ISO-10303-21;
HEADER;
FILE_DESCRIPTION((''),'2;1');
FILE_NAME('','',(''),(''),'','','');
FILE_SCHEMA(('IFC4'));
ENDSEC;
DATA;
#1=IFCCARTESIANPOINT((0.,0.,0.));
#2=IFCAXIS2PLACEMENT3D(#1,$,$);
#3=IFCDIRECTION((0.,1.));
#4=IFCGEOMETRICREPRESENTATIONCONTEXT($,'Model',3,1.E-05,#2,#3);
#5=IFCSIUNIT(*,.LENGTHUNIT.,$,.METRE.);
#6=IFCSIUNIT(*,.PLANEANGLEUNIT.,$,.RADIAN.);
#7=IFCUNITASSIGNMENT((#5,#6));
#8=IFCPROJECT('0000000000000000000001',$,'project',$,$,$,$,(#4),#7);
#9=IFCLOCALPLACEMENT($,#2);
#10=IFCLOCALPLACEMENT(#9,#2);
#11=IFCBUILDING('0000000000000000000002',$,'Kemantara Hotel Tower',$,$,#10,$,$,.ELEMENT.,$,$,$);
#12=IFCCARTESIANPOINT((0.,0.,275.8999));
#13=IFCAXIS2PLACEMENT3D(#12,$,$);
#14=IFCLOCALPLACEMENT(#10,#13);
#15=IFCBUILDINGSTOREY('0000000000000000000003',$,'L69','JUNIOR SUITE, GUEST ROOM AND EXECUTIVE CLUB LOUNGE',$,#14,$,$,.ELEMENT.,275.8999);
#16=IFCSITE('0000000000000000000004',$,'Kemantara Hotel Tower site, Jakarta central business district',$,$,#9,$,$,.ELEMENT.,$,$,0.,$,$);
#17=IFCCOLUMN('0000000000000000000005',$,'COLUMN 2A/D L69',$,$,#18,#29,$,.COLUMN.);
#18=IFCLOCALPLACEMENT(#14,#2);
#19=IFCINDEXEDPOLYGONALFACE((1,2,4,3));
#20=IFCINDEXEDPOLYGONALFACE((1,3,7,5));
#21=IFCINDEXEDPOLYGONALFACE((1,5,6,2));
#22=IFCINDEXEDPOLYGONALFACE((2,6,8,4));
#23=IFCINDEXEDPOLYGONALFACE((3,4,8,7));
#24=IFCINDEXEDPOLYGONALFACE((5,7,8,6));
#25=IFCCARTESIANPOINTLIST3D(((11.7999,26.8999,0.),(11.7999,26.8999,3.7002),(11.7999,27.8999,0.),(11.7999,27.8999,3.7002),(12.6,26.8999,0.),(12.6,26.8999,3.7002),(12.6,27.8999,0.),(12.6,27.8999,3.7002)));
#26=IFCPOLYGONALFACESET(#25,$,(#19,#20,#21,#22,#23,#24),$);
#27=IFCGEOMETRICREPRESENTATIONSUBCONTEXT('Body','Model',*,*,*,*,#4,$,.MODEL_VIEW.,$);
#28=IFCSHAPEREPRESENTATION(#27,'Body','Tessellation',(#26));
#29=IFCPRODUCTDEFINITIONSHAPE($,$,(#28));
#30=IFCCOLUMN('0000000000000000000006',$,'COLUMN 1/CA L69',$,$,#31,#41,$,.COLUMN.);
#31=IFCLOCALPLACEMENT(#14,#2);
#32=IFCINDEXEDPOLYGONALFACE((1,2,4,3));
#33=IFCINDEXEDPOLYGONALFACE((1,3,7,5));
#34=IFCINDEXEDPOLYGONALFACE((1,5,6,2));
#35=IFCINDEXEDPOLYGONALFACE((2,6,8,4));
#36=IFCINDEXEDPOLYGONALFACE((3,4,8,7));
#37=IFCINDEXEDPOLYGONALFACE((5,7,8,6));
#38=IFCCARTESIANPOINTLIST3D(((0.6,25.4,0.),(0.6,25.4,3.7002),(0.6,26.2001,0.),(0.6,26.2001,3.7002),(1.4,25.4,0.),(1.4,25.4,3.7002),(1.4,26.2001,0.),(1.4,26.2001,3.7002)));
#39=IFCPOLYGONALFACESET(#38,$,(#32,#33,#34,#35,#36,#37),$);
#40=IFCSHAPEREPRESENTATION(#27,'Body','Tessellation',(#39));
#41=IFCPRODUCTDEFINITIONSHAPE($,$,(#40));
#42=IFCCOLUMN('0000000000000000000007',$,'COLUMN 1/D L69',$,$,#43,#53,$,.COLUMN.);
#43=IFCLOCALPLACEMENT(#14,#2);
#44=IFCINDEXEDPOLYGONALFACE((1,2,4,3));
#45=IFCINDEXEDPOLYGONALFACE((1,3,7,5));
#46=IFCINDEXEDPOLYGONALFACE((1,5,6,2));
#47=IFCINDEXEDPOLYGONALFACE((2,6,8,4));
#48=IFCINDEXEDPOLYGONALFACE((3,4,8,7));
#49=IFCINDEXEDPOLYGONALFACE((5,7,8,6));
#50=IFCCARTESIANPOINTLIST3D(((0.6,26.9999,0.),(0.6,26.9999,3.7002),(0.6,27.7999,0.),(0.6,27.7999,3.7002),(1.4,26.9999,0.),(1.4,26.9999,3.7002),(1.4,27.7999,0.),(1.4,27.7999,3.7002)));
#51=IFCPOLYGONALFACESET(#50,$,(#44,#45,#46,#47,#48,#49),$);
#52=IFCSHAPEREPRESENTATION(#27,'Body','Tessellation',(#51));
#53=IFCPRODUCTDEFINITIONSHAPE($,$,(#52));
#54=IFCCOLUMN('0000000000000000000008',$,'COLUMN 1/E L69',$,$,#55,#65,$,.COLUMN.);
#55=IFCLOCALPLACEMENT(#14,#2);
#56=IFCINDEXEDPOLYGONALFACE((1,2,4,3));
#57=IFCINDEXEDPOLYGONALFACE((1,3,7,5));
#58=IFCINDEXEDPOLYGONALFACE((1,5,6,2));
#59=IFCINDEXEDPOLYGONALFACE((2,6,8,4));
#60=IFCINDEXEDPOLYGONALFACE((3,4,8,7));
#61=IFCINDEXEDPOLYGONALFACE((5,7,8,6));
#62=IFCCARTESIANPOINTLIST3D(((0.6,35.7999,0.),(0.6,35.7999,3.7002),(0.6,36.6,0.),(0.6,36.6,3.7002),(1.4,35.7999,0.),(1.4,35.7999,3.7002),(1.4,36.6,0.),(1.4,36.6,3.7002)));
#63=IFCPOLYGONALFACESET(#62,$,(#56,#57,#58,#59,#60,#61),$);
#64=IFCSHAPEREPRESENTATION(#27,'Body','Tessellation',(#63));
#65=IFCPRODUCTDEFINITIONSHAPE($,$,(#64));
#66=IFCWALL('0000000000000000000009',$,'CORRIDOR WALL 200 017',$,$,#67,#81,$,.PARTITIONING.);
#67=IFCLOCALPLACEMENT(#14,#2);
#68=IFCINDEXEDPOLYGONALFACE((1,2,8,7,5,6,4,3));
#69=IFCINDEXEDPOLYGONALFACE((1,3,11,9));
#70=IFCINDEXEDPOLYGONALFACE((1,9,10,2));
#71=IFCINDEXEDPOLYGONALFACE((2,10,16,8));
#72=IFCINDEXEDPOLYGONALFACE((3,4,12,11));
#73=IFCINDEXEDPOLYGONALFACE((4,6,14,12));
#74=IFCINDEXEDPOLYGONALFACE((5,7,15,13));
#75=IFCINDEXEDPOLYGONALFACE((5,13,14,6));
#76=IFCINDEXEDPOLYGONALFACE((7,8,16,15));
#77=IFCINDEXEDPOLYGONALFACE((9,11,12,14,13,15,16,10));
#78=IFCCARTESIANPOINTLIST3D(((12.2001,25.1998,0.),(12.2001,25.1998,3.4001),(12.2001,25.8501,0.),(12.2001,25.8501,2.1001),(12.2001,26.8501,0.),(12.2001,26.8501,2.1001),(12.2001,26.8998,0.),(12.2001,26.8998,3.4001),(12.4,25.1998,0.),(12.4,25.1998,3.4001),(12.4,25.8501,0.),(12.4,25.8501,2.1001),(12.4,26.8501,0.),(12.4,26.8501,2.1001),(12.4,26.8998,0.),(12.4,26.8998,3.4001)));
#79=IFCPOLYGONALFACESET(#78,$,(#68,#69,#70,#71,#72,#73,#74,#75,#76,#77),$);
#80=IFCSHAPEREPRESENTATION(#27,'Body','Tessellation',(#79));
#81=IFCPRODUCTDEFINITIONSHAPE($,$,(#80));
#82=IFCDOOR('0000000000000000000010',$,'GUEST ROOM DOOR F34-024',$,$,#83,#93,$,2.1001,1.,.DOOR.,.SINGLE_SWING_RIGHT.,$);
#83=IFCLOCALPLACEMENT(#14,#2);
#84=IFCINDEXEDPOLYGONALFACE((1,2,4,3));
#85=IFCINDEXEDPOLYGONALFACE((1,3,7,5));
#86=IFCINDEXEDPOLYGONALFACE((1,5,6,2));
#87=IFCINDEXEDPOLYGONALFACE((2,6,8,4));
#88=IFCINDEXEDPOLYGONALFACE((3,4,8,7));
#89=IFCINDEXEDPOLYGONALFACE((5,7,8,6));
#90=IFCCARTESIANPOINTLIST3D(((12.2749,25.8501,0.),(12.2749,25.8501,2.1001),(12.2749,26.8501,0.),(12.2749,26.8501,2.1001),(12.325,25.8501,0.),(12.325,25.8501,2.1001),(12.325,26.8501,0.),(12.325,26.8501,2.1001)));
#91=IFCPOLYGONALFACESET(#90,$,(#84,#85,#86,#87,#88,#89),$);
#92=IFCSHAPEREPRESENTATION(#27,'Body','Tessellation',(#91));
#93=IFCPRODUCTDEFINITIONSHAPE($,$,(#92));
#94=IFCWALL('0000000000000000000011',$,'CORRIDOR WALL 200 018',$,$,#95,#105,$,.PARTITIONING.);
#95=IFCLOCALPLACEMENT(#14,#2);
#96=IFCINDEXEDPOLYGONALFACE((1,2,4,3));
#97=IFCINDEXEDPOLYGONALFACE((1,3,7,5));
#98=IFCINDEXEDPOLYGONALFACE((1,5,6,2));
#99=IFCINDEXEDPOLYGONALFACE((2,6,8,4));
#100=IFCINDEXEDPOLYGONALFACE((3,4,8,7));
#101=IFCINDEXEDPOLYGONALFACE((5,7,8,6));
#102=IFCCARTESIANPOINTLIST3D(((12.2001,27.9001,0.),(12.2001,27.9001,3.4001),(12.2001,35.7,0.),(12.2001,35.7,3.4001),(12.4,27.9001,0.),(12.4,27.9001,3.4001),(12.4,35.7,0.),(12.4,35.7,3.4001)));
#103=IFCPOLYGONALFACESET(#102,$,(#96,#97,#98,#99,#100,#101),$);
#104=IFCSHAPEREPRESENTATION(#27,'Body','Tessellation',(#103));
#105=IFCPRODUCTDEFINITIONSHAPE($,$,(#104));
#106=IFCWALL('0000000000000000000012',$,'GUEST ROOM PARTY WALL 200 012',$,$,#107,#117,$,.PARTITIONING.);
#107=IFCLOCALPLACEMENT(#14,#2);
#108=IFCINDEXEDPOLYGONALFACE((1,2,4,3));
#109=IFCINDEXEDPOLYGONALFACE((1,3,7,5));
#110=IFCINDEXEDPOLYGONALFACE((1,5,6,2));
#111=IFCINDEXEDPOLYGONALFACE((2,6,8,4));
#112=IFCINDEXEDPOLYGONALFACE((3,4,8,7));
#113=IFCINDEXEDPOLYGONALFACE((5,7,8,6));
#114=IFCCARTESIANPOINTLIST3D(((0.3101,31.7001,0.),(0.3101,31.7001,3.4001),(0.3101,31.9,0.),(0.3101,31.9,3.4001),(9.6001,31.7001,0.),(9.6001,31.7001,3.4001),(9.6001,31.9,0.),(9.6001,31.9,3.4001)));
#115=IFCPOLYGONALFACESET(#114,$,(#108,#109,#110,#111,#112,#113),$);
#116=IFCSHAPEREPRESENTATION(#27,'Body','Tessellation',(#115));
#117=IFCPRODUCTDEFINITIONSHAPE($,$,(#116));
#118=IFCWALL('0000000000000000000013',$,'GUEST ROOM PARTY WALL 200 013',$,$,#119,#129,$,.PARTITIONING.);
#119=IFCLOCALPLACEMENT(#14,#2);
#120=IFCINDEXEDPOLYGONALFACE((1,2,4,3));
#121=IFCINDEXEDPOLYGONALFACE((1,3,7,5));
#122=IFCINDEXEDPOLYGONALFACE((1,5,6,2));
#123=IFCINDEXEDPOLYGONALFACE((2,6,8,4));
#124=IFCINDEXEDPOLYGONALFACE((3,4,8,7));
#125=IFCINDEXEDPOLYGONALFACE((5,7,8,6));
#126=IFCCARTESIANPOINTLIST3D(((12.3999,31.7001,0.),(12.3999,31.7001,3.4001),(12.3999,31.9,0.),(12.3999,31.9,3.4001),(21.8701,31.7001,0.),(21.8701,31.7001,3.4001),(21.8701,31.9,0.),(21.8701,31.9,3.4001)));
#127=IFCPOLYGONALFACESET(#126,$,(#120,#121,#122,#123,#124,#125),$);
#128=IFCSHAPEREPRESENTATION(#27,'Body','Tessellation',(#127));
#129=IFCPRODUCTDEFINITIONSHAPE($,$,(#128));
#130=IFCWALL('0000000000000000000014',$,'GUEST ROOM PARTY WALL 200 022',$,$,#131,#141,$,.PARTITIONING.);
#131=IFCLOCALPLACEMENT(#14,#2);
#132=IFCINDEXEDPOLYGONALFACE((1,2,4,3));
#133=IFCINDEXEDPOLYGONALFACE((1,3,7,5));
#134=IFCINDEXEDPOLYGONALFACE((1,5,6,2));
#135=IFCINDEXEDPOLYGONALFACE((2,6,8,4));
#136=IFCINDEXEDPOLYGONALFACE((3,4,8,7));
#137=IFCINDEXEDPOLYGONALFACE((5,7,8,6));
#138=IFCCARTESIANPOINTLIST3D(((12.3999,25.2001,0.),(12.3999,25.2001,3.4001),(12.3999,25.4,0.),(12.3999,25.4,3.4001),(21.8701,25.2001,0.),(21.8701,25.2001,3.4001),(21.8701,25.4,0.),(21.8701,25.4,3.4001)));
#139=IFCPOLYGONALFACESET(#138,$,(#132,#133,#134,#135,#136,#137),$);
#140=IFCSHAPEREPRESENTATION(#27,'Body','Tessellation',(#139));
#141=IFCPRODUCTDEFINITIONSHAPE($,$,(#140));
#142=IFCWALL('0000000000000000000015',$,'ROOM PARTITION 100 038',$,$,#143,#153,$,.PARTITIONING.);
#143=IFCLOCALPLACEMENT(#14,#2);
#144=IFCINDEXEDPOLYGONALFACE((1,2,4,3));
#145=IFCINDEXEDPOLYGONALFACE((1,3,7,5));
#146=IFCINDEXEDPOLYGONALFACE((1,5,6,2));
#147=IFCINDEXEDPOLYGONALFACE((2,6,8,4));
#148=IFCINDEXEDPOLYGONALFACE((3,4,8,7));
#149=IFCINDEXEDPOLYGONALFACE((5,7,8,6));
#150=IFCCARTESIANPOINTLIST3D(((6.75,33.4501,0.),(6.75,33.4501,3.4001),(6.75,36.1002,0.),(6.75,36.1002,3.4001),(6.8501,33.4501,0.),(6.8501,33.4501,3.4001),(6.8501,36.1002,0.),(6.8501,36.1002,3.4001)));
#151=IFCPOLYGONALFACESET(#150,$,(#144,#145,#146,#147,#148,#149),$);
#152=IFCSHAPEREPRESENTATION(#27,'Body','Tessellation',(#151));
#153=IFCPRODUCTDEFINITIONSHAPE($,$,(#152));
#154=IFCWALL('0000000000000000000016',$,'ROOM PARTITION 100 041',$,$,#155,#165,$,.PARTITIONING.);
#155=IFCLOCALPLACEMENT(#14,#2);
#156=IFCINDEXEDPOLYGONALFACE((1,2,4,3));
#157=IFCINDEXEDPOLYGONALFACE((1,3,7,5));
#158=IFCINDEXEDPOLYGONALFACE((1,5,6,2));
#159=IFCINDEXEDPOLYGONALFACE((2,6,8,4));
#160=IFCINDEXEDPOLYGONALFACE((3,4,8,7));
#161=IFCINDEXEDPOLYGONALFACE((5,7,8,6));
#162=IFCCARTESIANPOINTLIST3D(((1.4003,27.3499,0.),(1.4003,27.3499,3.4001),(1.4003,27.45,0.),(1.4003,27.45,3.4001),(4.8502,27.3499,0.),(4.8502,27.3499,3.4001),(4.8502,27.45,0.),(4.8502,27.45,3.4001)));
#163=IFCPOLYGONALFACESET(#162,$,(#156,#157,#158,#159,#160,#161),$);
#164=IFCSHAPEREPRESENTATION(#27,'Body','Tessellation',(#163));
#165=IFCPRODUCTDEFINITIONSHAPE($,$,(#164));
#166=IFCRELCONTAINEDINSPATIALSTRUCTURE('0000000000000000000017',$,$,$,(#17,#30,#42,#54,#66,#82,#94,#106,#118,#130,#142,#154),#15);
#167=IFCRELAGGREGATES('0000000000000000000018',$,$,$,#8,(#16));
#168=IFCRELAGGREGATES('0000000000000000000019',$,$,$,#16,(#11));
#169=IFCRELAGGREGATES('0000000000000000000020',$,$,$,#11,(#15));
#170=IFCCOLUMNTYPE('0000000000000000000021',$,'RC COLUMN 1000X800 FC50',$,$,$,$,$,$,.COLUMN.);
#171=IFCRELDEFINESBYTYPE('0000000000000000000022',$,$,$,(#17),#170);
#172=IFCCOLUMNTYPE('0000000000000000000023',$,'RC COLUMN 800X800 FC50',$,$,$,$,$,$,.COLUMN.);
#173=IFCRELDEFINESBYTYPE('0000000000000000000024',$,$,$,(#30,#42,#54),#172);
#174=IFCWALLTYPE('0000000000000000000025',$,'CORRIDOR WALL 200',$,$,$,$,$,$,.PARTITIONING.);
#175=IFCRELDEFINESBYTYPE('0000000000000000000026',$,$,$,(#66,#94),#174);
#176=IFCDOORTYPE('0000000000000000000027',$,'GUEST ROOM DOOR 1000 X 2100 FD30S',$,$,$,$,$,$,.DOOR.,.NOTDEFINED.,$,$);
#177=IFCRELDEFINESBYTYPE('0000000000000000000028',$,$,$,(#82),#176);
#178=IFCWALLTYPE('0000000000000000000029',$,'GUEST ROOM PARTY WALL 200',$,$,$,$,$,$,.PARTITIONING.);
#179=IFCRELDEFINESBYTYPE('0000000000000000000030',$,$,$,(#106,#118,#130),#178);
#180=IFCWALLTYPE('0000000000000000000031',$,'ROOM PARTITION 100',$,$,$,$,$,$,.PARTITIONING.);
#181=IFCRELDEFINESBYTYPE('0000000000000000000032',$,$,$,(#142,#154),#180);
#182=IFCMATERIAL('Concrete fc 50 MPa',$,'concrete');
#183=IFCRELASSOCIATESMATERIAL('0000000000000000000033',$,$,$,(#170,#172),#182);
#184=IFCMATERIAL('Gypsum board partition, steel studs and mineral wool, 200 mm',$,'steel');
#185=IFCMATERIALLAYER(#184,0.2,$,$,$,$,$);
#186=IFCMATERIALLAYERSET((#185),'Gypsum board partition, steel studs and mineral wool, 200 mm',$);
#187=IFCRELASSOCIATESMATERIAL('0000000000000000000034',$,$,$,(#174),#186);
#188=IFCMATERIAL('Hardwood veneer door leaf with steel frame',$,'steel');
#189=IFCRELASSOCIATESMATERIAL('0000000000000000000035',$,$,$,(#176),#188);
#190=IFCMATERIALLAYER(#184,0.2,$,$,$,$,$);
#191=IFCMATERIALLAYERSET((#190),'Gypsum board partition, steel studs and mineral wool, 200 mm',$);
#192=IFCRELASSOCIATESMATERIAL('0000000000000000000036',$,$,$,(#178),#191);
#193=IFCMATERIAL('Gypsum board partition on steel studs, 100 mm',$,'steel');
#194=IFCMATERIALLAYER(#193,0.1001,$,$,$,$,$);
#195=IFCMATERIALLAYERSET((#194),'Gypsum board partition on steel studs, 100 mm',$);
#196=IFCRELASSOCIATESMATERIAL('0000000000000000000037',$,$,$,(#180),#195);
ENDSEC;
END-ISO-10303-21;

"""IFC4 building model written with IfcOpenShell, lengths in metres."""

from ifc_helpers import new_model, si_unit, direction, frame, frame_2d, origin, origin_2d, place, context, subcontext, project, spatial, rectangle, extrude, material, layer, layer_set, material_profile, profile_set, type_object, element, fill, save


model = new_model("IFC4")

# Units and contexts
model_context = context("Model", 3, precision=1e-05, world=origin(), true_north=direction((0.0, 1.0)))
body_context = subcontext(model_context, "Body", "Model", "MODEL_VIEW")
ifc_project = project(units=[si_unit("LENGTHUNIT", "METRE"), si_unit("PLANEANGLEUNIT", "RADIAN")], contexts=[model_context])

# Site, building, storey
site_placement = place(None, origin())
site = spatial("IfcSite", under=ifc_project, at=site_placement, Name="Kemantara Hotel Tower site, Jakarta central business district", CompositionType="ELEMENT", RefElevation=0.0)
building_placement = place(site_placement, origin())
building = spatial("IfcBuilding", under=site, at=building_placement, Name="Kemantara Hotel Tower", CompositionType="ELEMENT")
storey_placement = place(building_placement, frame((0.0, 0.0, 275.8999)))
storey = spatial("IfcBuildingStorey", under=building, at=storey_placement, Name="L69", Description="JUNIOR SUITE, GUEST ROOM AND EXECUTIVE CLUB LOUNGE", CompositionType="ELEMENT", Elevation=275.8999)

# Columns
ifc_material_1 = material(Name="Concrete fc 50 MPa", Category="concrete")
ifc_material_profile_1 = material_profile(ifc_material_1, rectangle(XDim=1.0, YDim=0.8, at=origin_2d()), Name="RC 1000X800")
ifc_profile_set_1 = profile_set([ifc_material_profile_1], Name="Concrete fc 50 MPa")
column_type_1 = type_object("IfcColumnType", Name="RC COLUMN 1000X800 FC50", PredefinedType="COLUMN", material=ifc_profile_set_1)
column_placement = place(storey_placement, frame((12.2, 27.3999, 0.0), z_axis=(0.0, 0.0, 1.0), x_axis=(0.0, 1.0, 0.0)))
element("IfcColumn", 1, at=column_placement, inside=storey, type_object=column_type_1, Name="COLUMN 2A/D L69", PredefinedType="COLUMN", context=body_context, shape_type="SweptSolid", body=[
    extrude(rectangle(XDim=1.0, YDim=0.8, at=origin_2d()), origin(), (0.0, 0.0, 1.0), 3.7002),
])
ifc_material_profile_2 = material_profile(ifc_material_1, rectangle(XDim=0.8, YDim=0.8, at=origin_2d()), Name="RC 800X800")
ifc_profile_set_2 = profile_set([ifc_material_profile_2], Name="Concrete fc 50 MPa")
column_type_2 = type_object("IfcColumnType", Name="RC COLUMN 800X800 FC50", PredefinedType="COLUMN", material=ifc_profile_set_2)
for number, where, z_axis, x_axis, name in (
    (2, (1.0, 25.8, 0.0), (0.0, 0.0, 1.0), (1.0, 0.0, 0.0), "COLUMN 1/CA L69"),
    (3, (1.0, 27.3999, 0.0), (0.0, 0.0, 1.0), (1.0, 0.0, 0.0), "COLUMN 1/D L69"),
    (4, (1.0, 36.2, 0.0), (0.0, 0.0, 1.0), (1.0, 0.0, 0.0), "COLUMN 1/E L69"),
):
    element("IfcColumn", number, at=place(storey_placement, frame(where, z_axis=z_axis, x_axis=x_axis)), inside=storey, type_object=column_type_2, Name=name, PredefinedType="COLUMN", context=body_context, shape_type="SweptSolid", body=[
        extrude(rectangle(XDim=0.8, YDim=0.8, at=origin_2d()), origin(), (0.0, 0.0, 1.0), 3.7002),
    ])

# Wall, opening, door
ifc_material_2 = material(Name="Gypsum board partition, steel studs and mineral wool, 200 mm", Category="steel")
ifc_layer_1 = layer(ifc_material_2, 0.2)
ifc_layer_set_1 = layer_set([ifc_layer_1], Name="Gypsum board partition, steel studs and mineral wool, 200 mm")
wall_type_1 = type_object("IfcWallType", Name="CORRIDOR WALL 200", PredefinedType="PARTITIONING", material=ifc_layer_set_1)
wall_1_placement = place(storey_placement, frame((12.3, 26.8999, 0.0), z_axis=(0.0, 0.0, 1.0), x_axis=(0.0, -1.0, 0.0)))
wall_1 = element("IfcWall", 5, at=wall_1_placement, inside=storey, type_object=wall_type_1, Name="CORRIDOR WALL 200 017", PredefinedType="PARTITIONING", context=body_context, shape_type="SweptSolid", body=[
    extrude(rectangle(XDim=1.7, YDim=0.2, at=frame_2d((0.8501, 0.0))), origin(), (0.0, 0.0, 1.0), 3.4001),
])
opening_1_placement = place(wall_1_placement, frame((0.0498, 0.0, 0.0)))
opening_1 = element("IfcOpeningElement", 6, at=opening_1_placement, cuts=wall_1, PredefinedType="OPENING", context=body_context, shape_type="SweptSolid", body=[
    extrude(rectangle(XDim=1.0, YDim=2.1001, at=frame_2d((0.5, 1.05))), frame((0.0, 0.1099, 0.0), z_axis=(0.0, -1.0, 0.0), x_axis=(1.0, 0.0, 0.0)), (0.0, 0.0, 1.0), 0.22),
])
ifc_material_3 = material(Name="Hardwood veneer door leaf with steel frame", Category="steel")
door_type_1 = type_object("IfcDoorType", Name="GUEST ROOM DOOR 1000 X 2100 FD30S", OperationType="NOTDEFINED", PredefinedType="DOOR", material=ifc_material_3)
door_1_placement = place(opening_1_placement, origin())
door_1 = element("IfcDoor", 7, at=door_1_placement, inside=storey, type_object=door_type_1, Name="GUEST ROOM DOOR F34-024", OperationType="SINGLE_SWING_RIGHT", OverallHeight=2.1001, OverallWidth=1.0, PredefinedType="DOOR", context=body_context, shape_type="SweptSolid", body=[
    extrude(rectangle(XDim=1.0, YDim=2.1001, at=frame_2d((0.5, 1.05))), frame((0.0, 0.0249, 0.0), z_axis=(0.0, -1.0, 0.0), x_axis=(1.0, 0.0, 0.0)), (0.0, 0.0, 1.0), 0.05),
])
fill(opening_1, door_1)

# Walls
wall_2_placement = place(storey_placement, frame((12.3, 27.9001, 0.0), z_axis=(0.0, 0.0, 1.0), x_axis=(0.0, 1.0, 0.0)))
element("IfcWall", 8, at=wall_2_placement, inside=storey, type_object=wall_type_1, Name="CORRIDOR WALL 200 018", PredefinedType="PARTITIONING", context=body_context, shape_type="SweptSolid", body=[
    extrude(rectangle(XDim=7.7998, YDim=0.2, at=frame_2d((3.8999, 0.0))), origin(), (0.0, 0.0, 1.0), 3.4001),
])
ifc_layer_2 = layer(ifc_material_2, 0.2)
ifc_layer_set_2 = layer_set([ifc_layer_2], Name="Gypsum board partition, steel studs and mineral wool, 200 mm")
wall_type_2 = type_object("IfcWallType", Name="GUEST ROOM PARTY WALL 200", PredefinedType="PARTITIONING", material=ifc_layer_set_2)
wall_3_placement = place(storey_placement, frame((0.3101, 31.8, 0.0), z_axis=(0.0, 0.0, 1.0), x_axis=(1.0, 0.0, 0.0)))
element("IfcWall", 9, at=wall_3_placement, inside=storey, type_object=wall_type_2, Name="GUEST ROOM PARTY WALL 200 012", PredefinedType="PARTITIONING", context=body_context, shape_type="SweptSolid", body=[
    extrude(rectangle(XDim=9.29, YDim=0.2, at=frame_2d((4.645, 0.0))), origin(), (0.0, 0.0, 1.0), 3.4001),
])
for number, where, z_axis, x_axis, name in (
    (10, (12.3999, 31.8, 0.0), (0.0, 0.0, 1.0), (1.0, 0.0, 0.0), "GUEST ROOM PARTY WALL 200 013"),
    (11, (12.3999, 25.3, 0.0), (0.0, 0.0, 1.0), (1.0, 0.0, 0.0), "GUEST ROOM PARTY WALL 200 022"),
):
    element("IfcWall", number, at=place(storey_placement, frame(where, z_axis=z_axis, x_axis=x_axis)), inside=storey, type_object=wall_type_2, Name=name, PredefinedType="PARTITIONING", context=body_context, shape_type="SweptSolid", body=[
        extrude(rectangle(XDim=9.4702, YDim=0.2, at=frame_2d((4.7351, 0.0))), origin(), (0.0, 0.0, 1.0), 3.4001),
    ])
ifc_material_4 = material(Name="Gypsum board partition on steel studs, 100 mm", Category="steel")
ifc_layer_3 = layer(ifc_material_4, 0.1001)
ifc_layer_set_3 = layer_set([ifc_layer_3], Name="Gypsum board partition on steel studs, 100 mm")
wall_type_3 = type_object("IfcWallType", Name="ROOM PARTITION 100", PredefinedType="PARTITIONING", material=ifc_layer_set_3)
wall_4_placement = place(storey_placement, frame((6.8, 33.45, 0.0), z_axis=(0.0, 0.0, 1.0), x_axis=(0.0, 1.0, 0.0)))
element("IfcWall", 12, at=wall_4_placement, inside=storey, type_object=wall_type_3, Name="ROOM PARTITION 100 038", PredefinedType="PARTITIONING", context=body_context, shape_type="SweptSolid", body=[
    extrude(rectangle(XDim=2.6501, YDim=0.1001, at=frame_2d((1.3252, 0.0))), origin(), (0.0, 0.0, 1.0), 3.4001),
])
wall_5_placement = place(storey_placement, frame((1.4001, 27.3999, 0.0), z_axis=(0.0, 0.0, 1.0), x_axis=(1.0, 0.0, 0.0)))
element("IfcWall", 13, at=wall_5_placement, inside=storey, type_object=wall_type_3, Name="ROOM PARTITION 100 041", PredefinedType="PARTITIONING", context=body_context, shape_type="SweptSolid", body=[
    extrude(rectangle(XDim=3.45, YDim=0.1001, at=frame_2d((1.7251, 0.0))), origin(), (0.0, 0.0, 1.0), 3.4001),
])

save(model, "model.ifc")
